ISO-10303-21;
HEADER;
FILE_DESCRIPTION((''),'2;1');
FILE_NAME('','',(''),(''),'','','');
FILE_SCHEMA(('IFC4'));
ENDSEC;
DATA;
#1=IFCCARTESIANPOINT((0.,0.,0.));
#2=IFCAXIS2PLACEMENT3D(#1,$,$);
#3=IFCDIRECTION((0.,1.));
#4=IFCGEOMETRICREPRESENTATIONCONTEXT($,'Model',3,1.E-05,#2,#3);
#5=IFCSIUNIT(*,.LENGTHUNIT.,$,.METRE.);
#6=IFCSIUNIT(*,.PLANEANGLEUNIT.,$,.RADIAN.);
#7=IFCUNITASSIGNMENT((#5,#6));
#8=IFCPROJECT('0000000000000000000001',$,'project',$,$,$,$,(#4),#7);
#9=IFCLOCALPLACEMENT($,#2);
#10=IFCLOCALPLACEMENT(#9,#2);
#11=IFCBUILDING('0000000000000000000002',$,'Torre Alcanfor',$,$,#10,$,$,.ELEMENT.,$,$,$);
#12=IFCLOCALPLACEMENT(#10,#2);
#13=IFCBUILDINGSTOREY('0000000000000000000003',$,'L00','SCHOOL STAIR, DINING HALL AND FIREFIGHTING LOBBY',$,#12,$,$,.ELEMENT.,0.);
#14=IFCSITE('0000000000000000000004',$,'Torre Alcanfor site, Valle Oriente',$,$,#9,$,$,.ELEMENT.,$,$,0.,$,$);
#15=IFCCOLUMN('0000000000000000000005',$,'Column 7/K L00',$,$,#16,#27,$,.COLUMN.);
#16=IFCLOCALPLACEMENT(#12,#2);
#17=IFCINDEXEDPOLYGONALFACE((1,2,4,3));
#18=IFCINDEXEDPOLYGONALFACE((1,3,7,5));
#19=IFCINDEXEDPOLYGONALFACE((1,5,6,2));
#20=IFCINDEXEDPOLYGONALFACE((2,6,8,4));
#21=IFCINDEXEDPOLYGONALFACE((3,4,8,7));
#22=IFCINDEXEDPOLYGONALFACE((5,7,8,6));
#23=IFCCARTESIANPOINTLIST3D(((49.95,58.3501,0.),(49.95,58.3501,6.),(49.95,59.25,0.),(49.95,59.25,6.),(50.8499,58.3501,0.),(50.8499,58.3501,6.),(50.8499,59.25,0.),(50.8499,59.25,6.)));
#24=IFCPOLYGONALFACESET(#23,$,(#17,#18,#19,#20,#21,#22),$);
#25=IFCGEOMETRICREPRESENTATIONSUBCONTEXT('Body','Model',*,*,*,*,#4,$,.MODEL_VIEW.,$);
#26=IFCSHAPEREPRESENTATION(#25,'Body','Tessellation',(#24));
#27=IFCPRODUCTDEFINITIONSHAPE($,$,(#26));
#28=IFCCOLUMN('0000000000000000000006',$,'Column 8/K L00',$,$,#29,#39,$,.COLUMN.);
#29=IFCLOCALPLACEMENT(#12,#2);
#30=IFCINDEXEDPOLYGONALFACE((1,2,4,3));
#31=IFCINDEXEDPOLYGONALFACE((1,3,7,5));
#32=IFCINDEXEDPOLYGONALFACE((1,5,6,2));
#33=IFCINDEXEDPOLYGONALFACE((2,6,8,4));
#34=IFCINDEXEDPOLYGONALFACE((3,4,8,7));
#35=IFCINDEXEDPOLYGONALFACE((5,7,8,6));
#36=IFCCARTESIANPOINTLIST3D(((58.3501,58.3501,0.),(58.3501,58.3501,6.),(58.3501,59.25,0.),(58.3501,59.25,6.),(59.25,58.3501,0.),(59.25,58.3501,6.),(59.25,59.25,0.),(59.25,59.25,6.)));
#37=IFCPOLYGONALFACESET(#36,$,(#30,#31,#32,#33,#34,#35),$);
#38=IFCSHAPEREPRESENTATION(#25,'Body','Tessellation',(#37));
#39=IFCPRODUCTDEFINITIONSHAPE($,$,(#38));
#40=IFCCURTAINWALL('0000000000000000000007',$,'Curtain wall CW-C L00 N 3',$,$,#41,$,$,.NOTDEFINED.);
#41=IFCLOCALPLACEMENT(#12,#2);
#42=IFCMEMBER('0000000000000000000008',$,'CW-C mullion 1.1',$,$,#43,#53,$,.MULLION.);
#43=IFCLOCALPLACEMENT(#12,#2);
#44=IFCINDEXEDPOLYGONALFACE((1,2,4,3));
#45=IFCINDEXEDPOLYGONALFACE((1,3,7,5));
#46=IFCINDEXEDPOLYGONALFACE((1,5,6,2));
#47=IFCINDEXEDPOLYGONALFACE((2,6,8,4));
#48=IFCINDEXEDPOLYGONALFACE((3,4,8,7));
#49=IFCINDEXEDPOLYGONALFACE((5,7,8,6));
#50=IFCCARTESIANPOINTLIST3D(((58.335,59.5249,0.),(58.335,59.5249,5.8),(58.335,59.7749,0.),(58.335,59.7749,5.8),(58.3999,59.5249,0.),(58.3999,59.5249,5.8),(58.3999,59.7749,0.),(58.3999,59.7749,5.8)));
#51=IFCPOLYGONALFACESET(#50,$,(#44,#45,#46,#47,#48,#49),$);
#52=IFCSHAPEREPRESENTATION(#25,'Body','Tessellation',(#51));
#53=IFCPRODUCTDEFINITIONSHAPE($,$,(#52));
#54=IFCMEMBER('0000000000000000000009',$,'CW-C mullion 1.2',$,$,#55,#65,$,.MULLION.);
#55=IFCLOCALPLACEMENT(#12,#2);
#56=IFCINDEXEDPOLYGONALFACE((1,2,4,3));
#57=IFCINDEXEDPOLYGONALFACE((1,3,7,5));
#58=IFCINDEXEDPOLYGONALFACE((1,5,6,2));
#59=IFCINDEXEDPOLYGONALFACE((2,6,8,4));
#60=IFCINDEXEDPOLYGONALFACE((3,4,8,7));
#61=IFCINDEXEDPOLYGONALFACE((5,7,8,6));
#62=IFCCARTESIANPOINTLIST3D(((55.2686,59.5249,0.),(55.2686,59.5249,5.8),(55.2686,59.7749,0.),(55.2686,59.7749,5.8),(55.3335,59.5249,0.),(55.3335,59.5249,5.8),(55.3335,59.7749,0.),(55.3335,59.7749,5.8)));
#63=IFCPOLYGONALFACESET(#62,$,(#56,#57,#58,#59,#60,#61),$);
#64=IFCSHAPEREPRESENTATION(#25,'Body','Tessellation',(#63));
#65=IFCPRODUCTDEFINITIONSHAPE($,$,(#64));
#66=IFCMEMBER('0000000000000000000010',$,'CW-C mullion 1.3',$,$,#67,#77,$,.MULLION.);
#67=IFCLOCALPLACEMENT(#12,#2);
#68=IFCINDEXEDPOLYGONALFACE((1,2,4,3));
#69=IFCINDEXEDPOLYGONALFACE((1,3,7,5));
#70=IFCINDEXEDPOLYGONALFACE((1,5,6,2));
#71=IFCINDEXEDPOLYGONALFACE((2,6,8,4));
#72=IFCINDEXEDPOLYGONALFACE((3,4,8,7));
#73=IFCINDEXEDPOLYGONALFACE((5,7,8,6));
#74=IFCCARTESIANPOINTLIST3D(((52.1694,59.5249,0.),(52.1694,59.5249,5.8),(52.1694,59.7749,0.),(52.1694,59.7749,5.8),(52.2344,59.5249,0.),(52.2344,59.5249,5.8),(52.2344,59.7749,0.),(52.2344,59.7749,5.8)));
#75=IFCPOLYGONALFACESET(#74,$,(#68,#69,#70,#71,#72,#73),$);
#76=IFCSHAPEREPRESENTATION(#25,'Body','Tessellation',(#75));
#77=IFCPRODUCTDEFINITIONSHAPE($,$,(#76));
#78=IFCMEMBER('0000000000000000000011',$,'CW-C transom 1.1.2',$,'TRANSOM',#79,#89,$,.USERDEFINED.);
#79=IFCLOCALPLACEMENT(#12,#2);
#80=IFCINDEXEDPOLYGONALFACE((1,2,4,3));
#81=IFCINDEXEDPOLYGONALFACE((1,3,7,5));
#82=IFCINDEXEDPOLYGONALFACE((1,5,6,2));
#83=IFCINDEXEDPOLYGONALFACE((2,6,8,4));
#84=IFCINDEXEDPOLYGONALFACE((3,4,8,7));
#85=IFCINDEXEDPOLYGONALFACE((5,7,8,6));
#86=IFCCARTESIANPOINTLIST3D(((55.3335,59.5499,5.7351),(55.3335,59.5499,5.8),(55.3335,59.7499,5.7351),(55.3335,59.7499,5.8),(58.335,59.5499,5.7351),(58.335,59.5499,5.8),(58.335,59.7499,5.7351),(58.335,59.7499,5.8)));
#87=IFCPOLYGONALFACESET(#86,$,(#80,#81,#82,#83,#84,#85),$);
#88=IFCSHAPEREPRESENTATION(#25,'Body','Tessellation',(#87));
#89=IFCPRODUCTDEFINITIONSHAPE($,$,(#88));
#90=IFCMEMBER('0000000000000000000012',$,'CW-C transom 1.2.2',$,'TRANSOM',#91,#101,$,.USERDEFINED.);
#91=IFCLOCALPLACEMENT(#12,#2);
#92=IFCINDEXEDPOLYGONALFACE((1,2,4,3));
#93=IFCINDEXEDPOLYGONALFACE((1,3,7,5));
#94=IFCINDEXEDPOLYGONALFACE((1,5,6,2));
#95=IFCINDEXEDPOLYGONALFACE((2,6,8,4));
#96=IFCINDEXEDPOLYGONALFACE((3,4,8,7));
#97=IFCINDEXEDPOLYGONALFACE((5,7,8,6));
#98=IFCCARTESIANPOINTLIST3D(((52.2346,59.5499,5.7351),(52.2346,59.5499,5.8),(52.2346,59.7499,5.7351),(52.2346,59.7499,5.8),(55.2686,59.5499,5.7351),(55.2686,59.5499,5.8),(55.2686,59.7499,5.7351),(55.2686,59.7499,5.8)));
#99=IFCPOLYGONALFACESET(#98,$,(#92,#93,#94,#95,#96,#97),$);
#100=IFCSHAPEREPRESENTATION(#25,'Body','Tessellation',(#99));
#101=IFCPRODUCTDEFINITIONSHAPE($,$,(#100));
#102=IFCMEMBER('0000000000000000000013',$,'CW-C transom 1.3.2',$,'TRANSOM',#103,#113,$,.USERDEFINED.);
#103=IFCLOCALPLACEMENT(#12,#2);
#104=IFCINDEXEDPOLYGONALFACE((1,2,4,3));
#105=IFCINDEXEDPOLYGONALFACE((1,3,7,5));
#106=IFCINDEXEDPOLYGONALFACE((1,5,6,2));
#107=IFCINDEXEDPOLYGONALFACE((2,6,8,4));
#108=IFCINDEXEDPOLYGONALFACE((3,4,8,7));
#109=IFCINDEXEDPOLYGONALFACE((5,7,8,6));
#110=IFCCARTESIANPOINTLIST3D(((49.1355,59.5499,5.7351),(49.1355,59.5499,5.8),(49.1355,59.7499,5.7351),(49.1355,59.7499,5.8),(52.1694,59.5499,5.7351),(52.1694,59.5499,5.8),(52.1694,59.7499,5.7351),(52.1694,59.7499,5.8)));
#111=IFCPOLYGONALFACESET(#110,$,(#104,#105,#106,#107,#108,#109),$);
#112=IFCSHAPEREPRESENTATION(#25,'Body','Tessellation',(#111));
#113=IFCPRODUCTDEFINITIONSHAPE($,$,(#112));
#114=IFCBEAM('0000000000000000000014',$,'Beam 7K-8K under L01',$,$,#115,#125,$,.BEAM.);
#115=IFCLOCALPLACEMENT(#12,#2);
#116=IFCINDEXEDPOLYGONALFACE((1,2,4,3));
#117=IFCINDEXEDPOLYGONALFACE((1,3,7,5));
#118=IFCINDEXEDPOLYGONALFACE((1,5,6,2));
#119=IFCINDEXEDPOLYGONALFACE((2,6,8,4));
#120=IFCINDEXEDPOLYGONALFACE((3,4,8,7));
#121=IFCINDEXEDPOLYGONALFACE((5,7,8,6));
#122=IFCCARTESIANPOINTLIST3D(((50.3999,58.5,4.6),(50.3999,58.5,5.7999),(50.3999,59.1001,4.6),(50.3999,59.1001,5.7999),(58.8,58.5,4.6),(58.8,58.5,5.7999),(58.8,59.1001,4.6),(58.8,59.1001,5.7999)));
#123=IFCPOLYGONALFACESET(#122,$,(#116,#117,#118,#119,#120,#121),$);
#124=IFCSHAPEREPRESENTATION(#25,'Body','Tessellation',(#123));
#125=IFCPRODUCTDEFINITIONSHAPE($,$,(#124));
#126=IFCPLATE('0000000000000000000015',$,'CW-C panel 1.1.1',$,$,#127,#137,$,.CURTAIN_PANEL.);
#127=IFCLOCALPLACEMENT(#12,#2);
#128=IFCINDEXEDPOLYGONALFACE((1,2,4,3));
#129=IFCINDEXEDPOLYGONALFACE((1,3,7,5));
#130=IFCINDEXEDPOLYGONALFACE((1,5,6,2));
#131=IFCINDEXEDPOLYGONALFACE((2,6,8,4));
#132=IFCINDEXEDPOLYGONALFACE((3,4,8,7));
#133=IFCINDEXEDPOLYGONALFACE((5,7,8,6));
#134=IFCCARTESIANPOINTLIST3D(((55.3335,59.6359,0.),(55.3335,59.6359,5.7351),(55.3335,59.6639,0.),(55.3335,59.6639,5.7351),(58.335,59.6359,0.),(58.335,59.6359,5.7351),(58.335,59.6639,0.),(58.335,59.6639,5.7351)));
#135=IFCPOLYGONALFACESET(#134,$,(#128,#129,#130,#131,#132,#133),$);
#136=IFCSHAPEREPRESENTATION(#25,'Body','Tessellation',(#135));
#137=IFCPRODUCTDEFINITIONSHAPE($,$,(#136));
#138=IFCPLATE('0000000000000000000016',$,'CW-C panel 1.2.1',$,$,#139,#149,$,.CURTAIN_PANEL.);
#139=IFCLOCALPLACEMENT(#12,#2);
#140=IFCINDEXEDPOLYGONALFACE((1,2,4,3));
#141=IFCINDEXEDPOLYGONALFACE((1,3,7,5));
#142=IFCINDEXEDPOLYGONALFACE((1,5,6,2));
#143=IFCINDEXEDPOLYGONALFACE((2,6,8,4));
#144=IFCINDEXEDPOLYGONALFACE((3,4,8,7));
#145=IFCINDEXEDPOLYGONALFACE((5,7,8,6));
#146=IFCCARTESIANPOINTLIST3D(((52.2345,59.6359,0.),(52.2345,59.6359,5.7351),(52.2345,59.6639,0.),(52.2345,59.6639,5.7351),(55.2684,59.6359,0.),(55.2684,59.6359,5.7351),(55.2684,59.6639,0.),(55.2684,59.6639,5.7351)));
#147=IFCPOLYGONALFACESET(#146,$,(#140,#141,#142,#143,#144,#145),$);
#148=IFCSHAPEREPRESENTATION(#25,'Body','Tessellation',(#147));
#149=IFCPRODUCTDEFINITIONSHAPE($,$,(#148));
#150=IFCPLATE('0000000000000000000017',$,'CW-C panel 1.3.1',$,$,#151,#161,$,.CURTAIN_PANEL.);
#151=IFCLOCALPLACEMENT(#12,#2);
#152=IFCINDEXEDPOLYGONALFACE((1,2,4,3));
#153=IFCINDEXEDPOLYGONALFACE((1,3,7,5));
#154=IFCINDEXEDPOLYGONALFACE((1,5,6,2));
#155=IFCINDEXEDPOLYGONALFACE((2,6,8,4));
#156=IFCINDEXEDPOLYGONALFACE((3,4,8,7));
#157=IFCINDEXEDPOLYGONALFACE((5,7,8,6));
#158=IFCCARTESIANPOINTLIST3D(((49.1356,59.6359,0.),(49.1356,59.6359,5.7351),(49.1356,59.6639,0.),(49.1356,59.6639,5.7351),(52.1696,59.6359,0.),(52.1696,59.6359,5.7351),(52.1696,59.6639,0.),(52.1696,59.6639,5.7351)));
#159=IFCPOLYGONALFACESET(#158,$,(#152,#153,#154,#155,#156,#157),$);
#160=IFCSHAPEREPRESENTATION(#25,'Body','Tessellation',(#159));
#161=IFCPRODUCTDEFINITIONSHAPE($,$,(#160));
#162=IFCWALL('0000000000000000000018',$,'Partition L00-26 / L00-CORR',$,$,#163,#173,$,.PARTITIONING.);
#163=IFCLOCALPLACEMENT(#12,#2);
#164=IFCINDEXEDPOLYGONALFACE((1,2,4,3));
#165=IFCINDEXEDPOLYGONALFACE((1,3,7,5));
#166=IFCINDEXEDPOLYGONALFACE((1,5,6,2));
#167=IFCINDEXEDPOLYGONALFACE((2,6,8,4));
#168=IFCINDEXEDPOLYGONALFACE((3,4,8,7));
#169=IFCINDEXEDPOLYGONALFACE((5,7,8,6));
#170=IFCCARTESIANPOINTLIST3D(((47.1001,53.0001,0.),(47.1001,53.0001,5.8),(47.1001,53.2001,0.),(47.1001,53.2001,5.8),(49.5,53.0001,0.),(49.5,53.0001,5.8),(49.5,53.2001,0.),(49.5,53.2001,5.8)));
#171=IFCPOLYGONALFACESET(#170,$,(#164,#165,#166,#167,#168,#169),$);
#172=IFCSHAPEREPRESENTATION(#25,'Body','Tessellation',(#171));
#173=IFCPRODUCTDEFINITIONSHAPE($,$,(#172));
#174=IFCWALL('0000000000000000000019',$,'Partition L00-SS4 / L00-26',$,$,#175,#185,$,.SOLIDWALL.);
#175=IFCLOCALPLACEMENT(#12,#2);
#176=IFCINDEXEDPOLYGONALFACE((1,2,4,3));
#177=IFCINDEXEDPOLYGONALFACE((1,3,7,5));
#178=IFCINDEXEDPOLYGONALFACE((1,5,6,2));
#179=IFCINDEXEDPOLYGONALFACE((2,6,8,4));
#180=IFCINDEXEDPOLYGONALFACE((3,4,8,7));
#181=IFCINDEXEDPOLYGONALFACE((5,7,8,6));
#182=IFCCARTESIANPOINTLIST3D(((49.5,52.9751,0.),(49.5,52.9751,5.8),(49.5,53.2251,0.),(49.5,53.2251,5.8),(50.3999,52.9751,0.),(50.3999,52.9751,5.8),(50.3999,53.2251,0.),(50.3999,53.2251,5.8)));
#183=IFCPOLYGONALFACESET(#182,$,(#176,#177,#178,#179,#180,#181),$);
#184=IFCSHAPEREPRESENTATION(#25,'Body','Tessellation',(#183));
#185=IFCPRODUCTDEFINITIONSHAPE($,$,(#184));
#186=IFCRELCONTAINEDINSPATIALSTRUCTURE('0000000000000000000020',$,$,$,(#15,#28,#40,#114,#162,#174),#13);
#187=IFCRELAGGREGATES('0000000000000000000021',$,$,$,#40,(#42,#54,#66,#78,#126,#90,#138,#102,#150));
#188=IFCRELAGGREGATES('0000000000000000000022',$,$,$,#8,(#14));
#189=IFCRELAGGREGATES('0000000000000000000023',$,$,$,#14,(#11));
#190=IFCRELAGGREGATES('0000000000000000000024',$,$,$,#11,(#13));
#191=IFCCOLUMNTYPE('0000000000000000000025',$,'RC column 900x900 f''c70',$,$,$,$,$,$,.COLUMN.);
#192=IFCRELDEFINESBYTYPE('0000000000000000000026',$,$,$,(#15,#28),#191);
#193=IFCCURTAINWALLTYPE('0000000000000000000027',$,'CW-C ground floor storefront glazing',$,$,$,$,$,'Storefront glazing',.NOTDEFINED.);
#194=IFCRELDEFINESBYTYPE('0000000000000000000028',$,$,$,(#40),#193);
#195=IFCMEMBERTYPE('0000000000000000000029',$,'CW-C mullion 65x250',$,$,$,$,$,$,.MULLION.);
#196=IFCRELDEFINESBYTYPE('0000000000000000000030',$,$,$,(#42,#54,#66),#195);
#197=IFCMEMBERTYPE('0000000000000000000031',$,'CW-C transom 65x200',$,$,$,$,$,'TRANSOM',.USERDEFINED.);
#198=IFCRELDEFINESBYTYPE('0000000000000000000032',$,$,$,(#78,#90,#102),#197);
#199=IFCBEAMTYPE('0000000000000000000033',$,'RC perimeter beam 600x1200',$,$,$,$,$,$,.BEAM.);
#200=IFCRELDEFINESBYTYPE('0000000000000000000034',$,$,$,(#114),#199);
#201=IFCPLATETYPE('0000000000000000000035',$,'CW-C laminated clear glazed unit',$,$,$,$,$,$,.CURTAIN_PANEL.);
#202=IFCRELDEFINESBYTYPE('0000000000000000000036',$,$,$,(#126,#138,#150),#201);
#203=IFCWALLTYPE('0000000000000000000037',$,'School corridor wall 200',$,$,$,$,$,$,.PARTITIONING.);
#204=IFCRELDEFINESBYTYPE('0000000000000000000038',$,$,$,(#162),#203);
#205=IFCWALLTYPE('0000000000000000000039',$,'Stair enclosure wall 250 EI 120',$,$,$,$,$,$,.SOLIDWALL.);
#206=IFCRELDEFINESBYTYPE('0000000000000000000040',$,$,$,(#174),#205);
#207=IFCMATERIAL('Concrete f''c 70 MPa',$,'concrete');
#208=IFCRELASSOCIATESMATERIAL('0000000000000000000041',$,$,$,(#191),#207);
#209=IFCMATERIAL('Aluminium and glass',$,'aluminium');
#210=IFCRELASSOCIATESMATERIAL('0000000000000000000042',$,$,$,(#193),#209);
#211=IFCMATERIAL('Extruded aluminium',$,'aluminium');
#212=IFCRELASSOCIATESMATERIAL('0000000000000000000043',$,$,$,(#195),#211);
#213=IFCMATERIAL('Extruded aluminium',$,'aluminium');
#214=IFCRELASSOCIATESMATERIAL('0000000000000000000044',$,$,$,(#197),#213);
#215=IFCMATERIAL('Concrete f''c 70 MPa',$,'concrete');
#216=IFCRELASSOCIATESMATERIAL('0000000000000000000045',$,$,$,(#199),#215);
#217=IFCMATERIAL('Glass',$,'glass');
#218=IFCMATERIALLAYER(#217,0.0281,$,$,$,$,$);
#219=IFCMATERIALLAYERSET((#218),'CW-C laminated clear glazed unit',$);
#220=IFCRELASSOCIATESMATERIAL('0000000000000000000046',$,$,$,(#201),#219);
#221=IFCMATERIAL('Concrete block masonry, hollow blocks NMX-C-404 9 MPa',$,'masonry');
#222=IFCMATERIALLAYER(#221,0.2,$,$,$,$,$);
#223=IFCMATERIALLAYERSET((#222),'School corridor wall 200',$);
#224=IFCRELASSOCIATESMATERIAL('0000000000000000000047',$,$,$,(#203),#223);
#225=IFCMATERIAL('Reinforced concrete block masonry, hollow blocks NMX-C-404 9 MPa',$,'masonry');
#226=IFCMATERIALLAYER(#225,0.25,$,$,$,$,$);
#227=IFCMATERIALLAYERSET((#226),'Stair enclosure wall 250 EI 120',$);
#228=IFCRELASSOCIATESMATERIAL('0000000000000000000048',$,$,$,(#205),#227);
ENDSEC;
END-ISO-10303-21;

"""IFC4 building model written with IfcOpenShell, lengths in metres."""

from ifc_helpers import new_model, si_unit, direction, frame, frame_2d, origin, origin_2d, place, context, subcontext, project, spatial, rectangle, extrude, material, layer, layer_set, material_profile, profile_set, type_object, element, aggregate, save


model = new_model("IFC4")

# Units and contexts
model_context = context("Model", 3, precision=1e-05, world=origin(), true_north=direction((0.0, 1.0)))
body_context = subcontext(model_context, "Body", "Model", "MODEL_VIEW")
ifc_project = project(units=[si_unit("LENGTHUNIT", "METRE"), si_unit("PLANEANGLEUNIT", "RADIAN")], contexts=[model_context])

# Site, building, storey
site_placement = place(None, origin())
site = spatial("IfcSite", under=ifc_project, at=site_placement, Name="Torre Alcanfor site, Valle Oriente", CompositionType="ELEMENT", RefElevation=0.0)
building_placement = place(site_placement, origin())
building = spatial("IfcBuilding", under=site, at=building_placement, Name="Torre Alcanfor", CompositionType="ELEMENT")
storey_placement = place(building_placement, origin())
storey = spatial("IfcBuildingStorey", under=building, at=storey_placement, Name="L00", Description="SCHOOL STAIR, DINING HALL AND FIREFIGHTING LOBBY", CompositionType="ELEMENT", Elevation=0.0)

# Columns
ifc_material_1 = material(Name="Concrete f'c 70 MPa", Category="concrete")
ifc_material_profile_1 = material_profile(ifc_material_1, rectangle(XDim=0.8999, YDim=0.8999, at=origin_2d()), Name="900x900")
ifc_profile_set_1 = profile_set([ifc_material_profile_1], Name="Concrete f'c 70 MPa")
column_type = type_object("IfcColumnType", Name="RC column 900x900 f'c70", PredefinedType="COLUMN", material=ifc_profile_set_1)
for number, where, z_axis, x_axis, name in (
    (1, (50.3999, 58.8, 0.0), (0.0, 0.0, 1.0), (1.0, 0.0, 0.0), "Column 7/K L00"),
    (2, (58.8, 58.8, 0.0), (0.0, 0.0, 1.0), (1.0, 0.0, 0.0), "Column 8/K L00"),
):
    element("IfcColumn", number, at=place(storey_placement, frame(where, z_axis=z_axis, x_axis=x_axis)), inside=storey, type_object=column_type, Name=name, PredefinedType="COLUMN", context=body_context, shape_type="SweptSolid", body=[
        extrude(rectangle(XDim=0.8999, YDim=0.8999, at=origin_2d()), origin(), (0.0, 0.0, 1.0), 6.0),
    ])

# Curtain wall, members
ifc_material_2 = material(Name="Aluminium and glass", Category="aluminium")
curtain_wall_type = type_object("IfcCurtainWallType", Name="CW-C ground floor storefront glazing", ElementType="Storefront glazing", PredefinedType="NOTDEFINED", material=ifc_material_2)
curtain_wall_placement = place(storey_placement, origin())
curtain_wall = element("IfcCurtainWall", 3, at=curtain_wall_placement, inside=storey, type_object=curtain_wall_type, Name="Curtain wall CW-C L00 N 3", PredefinedType="NOTDEFINED")
ifc_material_3 = material(Name="Extruded aluminium", Category="aluminium")
ifc_material_profile_2 = material_profile(ifc_material_3, rectangle(XDim=0.25, YDim=0.0649, at=origin_2d()), Name="CW-C mullion 65x250")
ifc_profile_set_2 = profile_set([ifc_material_profile_2], Name="Extruded aluminium")
member_type_1 = type_object("IfcMemberType", Name="CW-C mullion 65x250", PredefinedType="MULLION", material=ifc_profile_set_2)
member_1_placement = place(storey_placement, frame((58.3674, 59.6499, 0.0), z_axis=(0.0, 0.0, 1.0), x_axis=(0.0, -1.0, 0.0)))
member_1 = element("IfcMember", 4, at=member_1_placement, type_object=member_type_1, Name="CW-C mullion 1.1", PredefinedType="MULLION", context=body_context, shape_type="SweptSolid", body=[
    extrude(rectangle(XDim=0.25, YDim=0.0649, at=origin_2d()), origin(), (0.0, 0.0, 1.0), 5.8),
])
member_2_placement = place(storey_placement, frame((55.301, 59.6499, 0.0), z_axis=(0.0, 0.0, 1.0), x_axis=(0.0, -1.0, 0.0)))
member_2 = element("IfcMember", 5, at=member_2_placement, type_object=member_type_1, Name="CW-C mullion 1.2", PredefinedType="MULLION", context=body_context, shape_type="SweptSolid", body=[
    extrude(rectangle(XDim=0.25, YDim=0.0649, at=origin_2d()), origin(), (0.0, 0.0, 1.0), 5.8),
])
member_3_placement = place(storey_placement, frame((52.2019, 59.6499, 0.0), z_axis=(0.0, 0.0, 1.0), x_axis=(0.0, -1.0, 0.0)))
member_3 = element("IfcMember", 6, at=member_3_placement, type_object=member_type_1, Name="CW-C mullion 1.3", PredefinedType="MULLION", context=body_context, shape_type="SweptSolid", body=[
    extrude(rectangle(XDim=0.25, YDim=0.0649, at=origin_2d()), origin(), (0.0, 0.0, 1.0), 5.8),
])
ifc_material_4 = material(Name="Extruded aluminium", Category="aluminium")
ifc_material_profile_3 = material_profile(ifc_material_4, rectangle(XDim=0.2, YDim=0.0649, at=origin_2d()), Name="CW-C transom 200x65")
ifc_profile_set_3 = profile_set([ifc_material_profile_3], Name="Extruded aluminium")
member_type_2 = type_object("IfcMemberType", Name="CW-C transom 65x200", ElementType="TRANSOM", PredefinedType="USERDEFINED", material=ifc_profile_set_3)
member_4_placement = place(storey_placement, frame((58.335, 59.6499, 5.7676), z_axis=(-1.0, 0.0, 0.0), x_axis=(0.0, -1.0, 0.0)))
member_4 = element("IfcMember", 7, at=member_4_placement, type_object=member_type_2, Name="CW-C transom 1.1.2", ObjectType="TRANSOM", PredefinedType="USERDEFINED", context=body_context, shape_type="SweptSolid", body=[
    extrude(rectangle(XDim=0.2, YDim=0.0649, at=origin_2d()), origin(), (0.0, 0.0, 1.0), 3.0015),
])
member_5_placement = place(storey_placement, frame((55.2686, 59.6499, 5.7676), z_axis=(-1.0, 0.0, 0.0), x_axis=(0.0, -1.0, 0.0)))
member_5 = element("IfcMember", 8, at=member_5_placement, type_object=member_type_2, Name="CW-C transom 1.2.2", ObjectType="TRANSOM", PredefinedType="USERDEFINED", context=body_context, shape_type="SweptSolid", body=[
    extrude(rectangle(XDim=0.2, YDim=0.0649, at=origin_2d()), origin(), (0.0, 0.0, 1.0), 3.0339),
])
member_6_placement = place(storey_placement, frame((52.1694, 59.6499, 5.7676), z_axis=(-1.0, 0.0, 0.0), x_axis=(0.0, -1.0, 0.0)))
member_6 = element("IfcMember", 9, at=member_6_placement, type_object=member_type_2, Name="CW-C transom 1.3.2", ObjectType="TRANSOM", PredefinedType="USERDEFINED", context=body_context, shape_type="SweptSolid", body=[
    extrude(rectangle(XDim=0.2, YDim=0.0649, at=origin_2d()), origin(), (0.0, 0.0, 1.0), 3.0339),
])

# Beam
ifc_material_5 = material(Name="Concrete f'c 70 MPa", Category="concrete")
ifc_material_profile_4 = material_profile(ifc_material_5, rectangle(XDim=0.6001, YDim=1.2, at=origin_2d()), Name="600x1200")
ifc_profile_set_4 = profile_set([ifc_material_profile_4], Name="Concrete f'c 70 MPa")
beam_type = type_object("IfcBeamType", Name="RC perimeter beam 600x1200", PredefinedType="BEAM", material=ifc_profile_set_4)
beam_placement = place(storey_placement, frame((50.3999, 58.8, 5.2), z_axis=(1.0, 0.0, 0.0), x_axis=(0.0, 1.0, 0.0)))
element("IfcBeam", 10, at=beam_placement, inside=storey, type_object=beam_type, Name="Beam 7K-8K under L01", PredefinedType="BEAM", context=body_context, shape_type="SweptSolid", body=[
    extrude(rectangle(XDim=0.6001, YDim=1.2, at=origin_2d()), origin(), (0.0, 0.0, 1.0), 8.4001),
])

# Plates
ifc_material_6 = material(Name="Glass", Category="glass")
ifc_layer_1 = layer(ifc_material_6, 0.0281)
ifc_layer_set_1 = layer_set([ifc_layer_1], Name="CW-C laminated clear glazed unit")
plate_type = type_object("IfcPlateType", Name="CW-C laminated clear glazed unit", PredefinedType="CURTAIN_PANEL", material=ifc_layer_set_1)
plate_1_placement = place(storey_placement, frame((56.8342, 59.6499, 0.0), z_axis=(0.0, 0.0, 1.0), x_axis=(-1.0, 0.0, 0.0)))
plate_1 = element("IfcPlate", 11, at=plate_1_placement, type_object=plate_type, Name="CW-C panel 1.1.1", PredefinedType="CURTAIN_PANEL", context=body_context, shape_type="SweptSolid", body=[
    extrude(rectangle(XDim=3.0015, YDim=0.0281, at=origin_2d()), origin(), (0.0, 0.0, 1.0), 5.7351),
])
plate_2_placement = place(storey_placement, frame((53.7515, 59.6499, 0.0), z_axis=(0.0, 0.0, 1.0), x_axis=(-1.0, 0.0, 0.0)))
plate_2 = element("IfcPlate", 12, at=plate_2_placement, type_object=plate_type, Name="CW-C panel 1.2.1", PredefinedType="CURTAIN_PANEL", context=body_context, shape_type="SweptSolid", body=[
    extrude(rectangle(XDim=3.0339, YDim=0.0281, at=origin_2d()), origin(), (0.0, 0.0, 1.0), 5.7351),
])
plate_3_placement = place(storey_placement, frame((50.6526, 59.6499, 0.0), z_axis=(0.0, 0.0, 1.0), x_axis=(-1.0, 0.0, 0.0)))
plate_3 = element("IfcPlate", 13, at=plate_3_placement, type_object=plate_type, Name="CW-C panel 1.3.1", PredefinedType="CURTAIN_PANEL", context=body_context, shape_type="SweptSolid", body=[
    extrude(rectangle(XDim=3.0339, YDim=0.0281, at=origin_2d()), origin(), (0.0, 0.0, 1.0), 5.7351),
])
aggregate(curtain_wall, [member_1, member_2, member_3, member_4, plate_1, member_5, plate_2, member_6, plate_3])

# Walls
ifc_material_7 = material(Name="Concrete block masonry, hollow blocks NMX-C-404 9 MPa", Category="masonry")
ifc_layer_2 = layer(ifc_material_7, 0.2)
ifc_layer_set_2 = layer_set([ifc_layer_2], Name="School corridor wall 200")
wall_type_1 = type_object("IfcWallType", Name="School corridor wall 200", PredefinedType="PARTITIONING", material=ifc_layer_set_2)
wall_1_placement = place(storey_placement, frame((49.5, 53.1001, 0.0), z_axis=(0.0, 0.0, 1.0), x_axis=(-1.0, 0.0, 0.0)))
element("IfcWall", 14, at=wall_1_placement, inside=storey, type_object=wall_type_1, Name="Partition L00-26 / L00-CORR", PredefinedType="PARTITIONING", context=body_context, shape_type="SweptSolid", body=[
    extrude(rectangle(XDim=2.3999, YDim=0.2, at=frame_2d((1.2, 0.0))), origin(), (0.0, 0.0, 1.0), 5.8),
])
ifc_material_8 = material(Name="Reinforced concrete block masonry, hollow blocks NMX-C-404 9 MPa", Category="masonry")
ifc_layer_3 = layer(ifc_material_8, 0.25)
ifc_layer_set_3 = layer_set([ifc_layer_3], Name="Stair enclosure wall 250 EI 120")
wall_type_2 = type_object("IfcWallType", Name="Stair enclosure wall 250 EI 120", PredefinedType="SOLIDWALL", material=ifc_layer_set_3)
wall_2_placement = place(storey_placement, frame((49.5, 53.1001, 0.0), z_axis=(0.0, 0.0, 1.0), x_axis=(1.0, 0.0, 0.0)))
element("IfcWall", 15, at=wall_2_placement, inside=storey, type_object=wall_type_2, Name="Partition L00-SS4 / L00-26", PredefinedType="SOLIDWALL", context=body_context, shape_type="SweptSolid", body=[
    extrude(rectangle(XDim=0.8999, YDim=0.25, at=frame_2d((0.45, 0.0))), origin(), (0.0, 0.0, 1.0), 5.8),
])

save(model, "model.ifc")
